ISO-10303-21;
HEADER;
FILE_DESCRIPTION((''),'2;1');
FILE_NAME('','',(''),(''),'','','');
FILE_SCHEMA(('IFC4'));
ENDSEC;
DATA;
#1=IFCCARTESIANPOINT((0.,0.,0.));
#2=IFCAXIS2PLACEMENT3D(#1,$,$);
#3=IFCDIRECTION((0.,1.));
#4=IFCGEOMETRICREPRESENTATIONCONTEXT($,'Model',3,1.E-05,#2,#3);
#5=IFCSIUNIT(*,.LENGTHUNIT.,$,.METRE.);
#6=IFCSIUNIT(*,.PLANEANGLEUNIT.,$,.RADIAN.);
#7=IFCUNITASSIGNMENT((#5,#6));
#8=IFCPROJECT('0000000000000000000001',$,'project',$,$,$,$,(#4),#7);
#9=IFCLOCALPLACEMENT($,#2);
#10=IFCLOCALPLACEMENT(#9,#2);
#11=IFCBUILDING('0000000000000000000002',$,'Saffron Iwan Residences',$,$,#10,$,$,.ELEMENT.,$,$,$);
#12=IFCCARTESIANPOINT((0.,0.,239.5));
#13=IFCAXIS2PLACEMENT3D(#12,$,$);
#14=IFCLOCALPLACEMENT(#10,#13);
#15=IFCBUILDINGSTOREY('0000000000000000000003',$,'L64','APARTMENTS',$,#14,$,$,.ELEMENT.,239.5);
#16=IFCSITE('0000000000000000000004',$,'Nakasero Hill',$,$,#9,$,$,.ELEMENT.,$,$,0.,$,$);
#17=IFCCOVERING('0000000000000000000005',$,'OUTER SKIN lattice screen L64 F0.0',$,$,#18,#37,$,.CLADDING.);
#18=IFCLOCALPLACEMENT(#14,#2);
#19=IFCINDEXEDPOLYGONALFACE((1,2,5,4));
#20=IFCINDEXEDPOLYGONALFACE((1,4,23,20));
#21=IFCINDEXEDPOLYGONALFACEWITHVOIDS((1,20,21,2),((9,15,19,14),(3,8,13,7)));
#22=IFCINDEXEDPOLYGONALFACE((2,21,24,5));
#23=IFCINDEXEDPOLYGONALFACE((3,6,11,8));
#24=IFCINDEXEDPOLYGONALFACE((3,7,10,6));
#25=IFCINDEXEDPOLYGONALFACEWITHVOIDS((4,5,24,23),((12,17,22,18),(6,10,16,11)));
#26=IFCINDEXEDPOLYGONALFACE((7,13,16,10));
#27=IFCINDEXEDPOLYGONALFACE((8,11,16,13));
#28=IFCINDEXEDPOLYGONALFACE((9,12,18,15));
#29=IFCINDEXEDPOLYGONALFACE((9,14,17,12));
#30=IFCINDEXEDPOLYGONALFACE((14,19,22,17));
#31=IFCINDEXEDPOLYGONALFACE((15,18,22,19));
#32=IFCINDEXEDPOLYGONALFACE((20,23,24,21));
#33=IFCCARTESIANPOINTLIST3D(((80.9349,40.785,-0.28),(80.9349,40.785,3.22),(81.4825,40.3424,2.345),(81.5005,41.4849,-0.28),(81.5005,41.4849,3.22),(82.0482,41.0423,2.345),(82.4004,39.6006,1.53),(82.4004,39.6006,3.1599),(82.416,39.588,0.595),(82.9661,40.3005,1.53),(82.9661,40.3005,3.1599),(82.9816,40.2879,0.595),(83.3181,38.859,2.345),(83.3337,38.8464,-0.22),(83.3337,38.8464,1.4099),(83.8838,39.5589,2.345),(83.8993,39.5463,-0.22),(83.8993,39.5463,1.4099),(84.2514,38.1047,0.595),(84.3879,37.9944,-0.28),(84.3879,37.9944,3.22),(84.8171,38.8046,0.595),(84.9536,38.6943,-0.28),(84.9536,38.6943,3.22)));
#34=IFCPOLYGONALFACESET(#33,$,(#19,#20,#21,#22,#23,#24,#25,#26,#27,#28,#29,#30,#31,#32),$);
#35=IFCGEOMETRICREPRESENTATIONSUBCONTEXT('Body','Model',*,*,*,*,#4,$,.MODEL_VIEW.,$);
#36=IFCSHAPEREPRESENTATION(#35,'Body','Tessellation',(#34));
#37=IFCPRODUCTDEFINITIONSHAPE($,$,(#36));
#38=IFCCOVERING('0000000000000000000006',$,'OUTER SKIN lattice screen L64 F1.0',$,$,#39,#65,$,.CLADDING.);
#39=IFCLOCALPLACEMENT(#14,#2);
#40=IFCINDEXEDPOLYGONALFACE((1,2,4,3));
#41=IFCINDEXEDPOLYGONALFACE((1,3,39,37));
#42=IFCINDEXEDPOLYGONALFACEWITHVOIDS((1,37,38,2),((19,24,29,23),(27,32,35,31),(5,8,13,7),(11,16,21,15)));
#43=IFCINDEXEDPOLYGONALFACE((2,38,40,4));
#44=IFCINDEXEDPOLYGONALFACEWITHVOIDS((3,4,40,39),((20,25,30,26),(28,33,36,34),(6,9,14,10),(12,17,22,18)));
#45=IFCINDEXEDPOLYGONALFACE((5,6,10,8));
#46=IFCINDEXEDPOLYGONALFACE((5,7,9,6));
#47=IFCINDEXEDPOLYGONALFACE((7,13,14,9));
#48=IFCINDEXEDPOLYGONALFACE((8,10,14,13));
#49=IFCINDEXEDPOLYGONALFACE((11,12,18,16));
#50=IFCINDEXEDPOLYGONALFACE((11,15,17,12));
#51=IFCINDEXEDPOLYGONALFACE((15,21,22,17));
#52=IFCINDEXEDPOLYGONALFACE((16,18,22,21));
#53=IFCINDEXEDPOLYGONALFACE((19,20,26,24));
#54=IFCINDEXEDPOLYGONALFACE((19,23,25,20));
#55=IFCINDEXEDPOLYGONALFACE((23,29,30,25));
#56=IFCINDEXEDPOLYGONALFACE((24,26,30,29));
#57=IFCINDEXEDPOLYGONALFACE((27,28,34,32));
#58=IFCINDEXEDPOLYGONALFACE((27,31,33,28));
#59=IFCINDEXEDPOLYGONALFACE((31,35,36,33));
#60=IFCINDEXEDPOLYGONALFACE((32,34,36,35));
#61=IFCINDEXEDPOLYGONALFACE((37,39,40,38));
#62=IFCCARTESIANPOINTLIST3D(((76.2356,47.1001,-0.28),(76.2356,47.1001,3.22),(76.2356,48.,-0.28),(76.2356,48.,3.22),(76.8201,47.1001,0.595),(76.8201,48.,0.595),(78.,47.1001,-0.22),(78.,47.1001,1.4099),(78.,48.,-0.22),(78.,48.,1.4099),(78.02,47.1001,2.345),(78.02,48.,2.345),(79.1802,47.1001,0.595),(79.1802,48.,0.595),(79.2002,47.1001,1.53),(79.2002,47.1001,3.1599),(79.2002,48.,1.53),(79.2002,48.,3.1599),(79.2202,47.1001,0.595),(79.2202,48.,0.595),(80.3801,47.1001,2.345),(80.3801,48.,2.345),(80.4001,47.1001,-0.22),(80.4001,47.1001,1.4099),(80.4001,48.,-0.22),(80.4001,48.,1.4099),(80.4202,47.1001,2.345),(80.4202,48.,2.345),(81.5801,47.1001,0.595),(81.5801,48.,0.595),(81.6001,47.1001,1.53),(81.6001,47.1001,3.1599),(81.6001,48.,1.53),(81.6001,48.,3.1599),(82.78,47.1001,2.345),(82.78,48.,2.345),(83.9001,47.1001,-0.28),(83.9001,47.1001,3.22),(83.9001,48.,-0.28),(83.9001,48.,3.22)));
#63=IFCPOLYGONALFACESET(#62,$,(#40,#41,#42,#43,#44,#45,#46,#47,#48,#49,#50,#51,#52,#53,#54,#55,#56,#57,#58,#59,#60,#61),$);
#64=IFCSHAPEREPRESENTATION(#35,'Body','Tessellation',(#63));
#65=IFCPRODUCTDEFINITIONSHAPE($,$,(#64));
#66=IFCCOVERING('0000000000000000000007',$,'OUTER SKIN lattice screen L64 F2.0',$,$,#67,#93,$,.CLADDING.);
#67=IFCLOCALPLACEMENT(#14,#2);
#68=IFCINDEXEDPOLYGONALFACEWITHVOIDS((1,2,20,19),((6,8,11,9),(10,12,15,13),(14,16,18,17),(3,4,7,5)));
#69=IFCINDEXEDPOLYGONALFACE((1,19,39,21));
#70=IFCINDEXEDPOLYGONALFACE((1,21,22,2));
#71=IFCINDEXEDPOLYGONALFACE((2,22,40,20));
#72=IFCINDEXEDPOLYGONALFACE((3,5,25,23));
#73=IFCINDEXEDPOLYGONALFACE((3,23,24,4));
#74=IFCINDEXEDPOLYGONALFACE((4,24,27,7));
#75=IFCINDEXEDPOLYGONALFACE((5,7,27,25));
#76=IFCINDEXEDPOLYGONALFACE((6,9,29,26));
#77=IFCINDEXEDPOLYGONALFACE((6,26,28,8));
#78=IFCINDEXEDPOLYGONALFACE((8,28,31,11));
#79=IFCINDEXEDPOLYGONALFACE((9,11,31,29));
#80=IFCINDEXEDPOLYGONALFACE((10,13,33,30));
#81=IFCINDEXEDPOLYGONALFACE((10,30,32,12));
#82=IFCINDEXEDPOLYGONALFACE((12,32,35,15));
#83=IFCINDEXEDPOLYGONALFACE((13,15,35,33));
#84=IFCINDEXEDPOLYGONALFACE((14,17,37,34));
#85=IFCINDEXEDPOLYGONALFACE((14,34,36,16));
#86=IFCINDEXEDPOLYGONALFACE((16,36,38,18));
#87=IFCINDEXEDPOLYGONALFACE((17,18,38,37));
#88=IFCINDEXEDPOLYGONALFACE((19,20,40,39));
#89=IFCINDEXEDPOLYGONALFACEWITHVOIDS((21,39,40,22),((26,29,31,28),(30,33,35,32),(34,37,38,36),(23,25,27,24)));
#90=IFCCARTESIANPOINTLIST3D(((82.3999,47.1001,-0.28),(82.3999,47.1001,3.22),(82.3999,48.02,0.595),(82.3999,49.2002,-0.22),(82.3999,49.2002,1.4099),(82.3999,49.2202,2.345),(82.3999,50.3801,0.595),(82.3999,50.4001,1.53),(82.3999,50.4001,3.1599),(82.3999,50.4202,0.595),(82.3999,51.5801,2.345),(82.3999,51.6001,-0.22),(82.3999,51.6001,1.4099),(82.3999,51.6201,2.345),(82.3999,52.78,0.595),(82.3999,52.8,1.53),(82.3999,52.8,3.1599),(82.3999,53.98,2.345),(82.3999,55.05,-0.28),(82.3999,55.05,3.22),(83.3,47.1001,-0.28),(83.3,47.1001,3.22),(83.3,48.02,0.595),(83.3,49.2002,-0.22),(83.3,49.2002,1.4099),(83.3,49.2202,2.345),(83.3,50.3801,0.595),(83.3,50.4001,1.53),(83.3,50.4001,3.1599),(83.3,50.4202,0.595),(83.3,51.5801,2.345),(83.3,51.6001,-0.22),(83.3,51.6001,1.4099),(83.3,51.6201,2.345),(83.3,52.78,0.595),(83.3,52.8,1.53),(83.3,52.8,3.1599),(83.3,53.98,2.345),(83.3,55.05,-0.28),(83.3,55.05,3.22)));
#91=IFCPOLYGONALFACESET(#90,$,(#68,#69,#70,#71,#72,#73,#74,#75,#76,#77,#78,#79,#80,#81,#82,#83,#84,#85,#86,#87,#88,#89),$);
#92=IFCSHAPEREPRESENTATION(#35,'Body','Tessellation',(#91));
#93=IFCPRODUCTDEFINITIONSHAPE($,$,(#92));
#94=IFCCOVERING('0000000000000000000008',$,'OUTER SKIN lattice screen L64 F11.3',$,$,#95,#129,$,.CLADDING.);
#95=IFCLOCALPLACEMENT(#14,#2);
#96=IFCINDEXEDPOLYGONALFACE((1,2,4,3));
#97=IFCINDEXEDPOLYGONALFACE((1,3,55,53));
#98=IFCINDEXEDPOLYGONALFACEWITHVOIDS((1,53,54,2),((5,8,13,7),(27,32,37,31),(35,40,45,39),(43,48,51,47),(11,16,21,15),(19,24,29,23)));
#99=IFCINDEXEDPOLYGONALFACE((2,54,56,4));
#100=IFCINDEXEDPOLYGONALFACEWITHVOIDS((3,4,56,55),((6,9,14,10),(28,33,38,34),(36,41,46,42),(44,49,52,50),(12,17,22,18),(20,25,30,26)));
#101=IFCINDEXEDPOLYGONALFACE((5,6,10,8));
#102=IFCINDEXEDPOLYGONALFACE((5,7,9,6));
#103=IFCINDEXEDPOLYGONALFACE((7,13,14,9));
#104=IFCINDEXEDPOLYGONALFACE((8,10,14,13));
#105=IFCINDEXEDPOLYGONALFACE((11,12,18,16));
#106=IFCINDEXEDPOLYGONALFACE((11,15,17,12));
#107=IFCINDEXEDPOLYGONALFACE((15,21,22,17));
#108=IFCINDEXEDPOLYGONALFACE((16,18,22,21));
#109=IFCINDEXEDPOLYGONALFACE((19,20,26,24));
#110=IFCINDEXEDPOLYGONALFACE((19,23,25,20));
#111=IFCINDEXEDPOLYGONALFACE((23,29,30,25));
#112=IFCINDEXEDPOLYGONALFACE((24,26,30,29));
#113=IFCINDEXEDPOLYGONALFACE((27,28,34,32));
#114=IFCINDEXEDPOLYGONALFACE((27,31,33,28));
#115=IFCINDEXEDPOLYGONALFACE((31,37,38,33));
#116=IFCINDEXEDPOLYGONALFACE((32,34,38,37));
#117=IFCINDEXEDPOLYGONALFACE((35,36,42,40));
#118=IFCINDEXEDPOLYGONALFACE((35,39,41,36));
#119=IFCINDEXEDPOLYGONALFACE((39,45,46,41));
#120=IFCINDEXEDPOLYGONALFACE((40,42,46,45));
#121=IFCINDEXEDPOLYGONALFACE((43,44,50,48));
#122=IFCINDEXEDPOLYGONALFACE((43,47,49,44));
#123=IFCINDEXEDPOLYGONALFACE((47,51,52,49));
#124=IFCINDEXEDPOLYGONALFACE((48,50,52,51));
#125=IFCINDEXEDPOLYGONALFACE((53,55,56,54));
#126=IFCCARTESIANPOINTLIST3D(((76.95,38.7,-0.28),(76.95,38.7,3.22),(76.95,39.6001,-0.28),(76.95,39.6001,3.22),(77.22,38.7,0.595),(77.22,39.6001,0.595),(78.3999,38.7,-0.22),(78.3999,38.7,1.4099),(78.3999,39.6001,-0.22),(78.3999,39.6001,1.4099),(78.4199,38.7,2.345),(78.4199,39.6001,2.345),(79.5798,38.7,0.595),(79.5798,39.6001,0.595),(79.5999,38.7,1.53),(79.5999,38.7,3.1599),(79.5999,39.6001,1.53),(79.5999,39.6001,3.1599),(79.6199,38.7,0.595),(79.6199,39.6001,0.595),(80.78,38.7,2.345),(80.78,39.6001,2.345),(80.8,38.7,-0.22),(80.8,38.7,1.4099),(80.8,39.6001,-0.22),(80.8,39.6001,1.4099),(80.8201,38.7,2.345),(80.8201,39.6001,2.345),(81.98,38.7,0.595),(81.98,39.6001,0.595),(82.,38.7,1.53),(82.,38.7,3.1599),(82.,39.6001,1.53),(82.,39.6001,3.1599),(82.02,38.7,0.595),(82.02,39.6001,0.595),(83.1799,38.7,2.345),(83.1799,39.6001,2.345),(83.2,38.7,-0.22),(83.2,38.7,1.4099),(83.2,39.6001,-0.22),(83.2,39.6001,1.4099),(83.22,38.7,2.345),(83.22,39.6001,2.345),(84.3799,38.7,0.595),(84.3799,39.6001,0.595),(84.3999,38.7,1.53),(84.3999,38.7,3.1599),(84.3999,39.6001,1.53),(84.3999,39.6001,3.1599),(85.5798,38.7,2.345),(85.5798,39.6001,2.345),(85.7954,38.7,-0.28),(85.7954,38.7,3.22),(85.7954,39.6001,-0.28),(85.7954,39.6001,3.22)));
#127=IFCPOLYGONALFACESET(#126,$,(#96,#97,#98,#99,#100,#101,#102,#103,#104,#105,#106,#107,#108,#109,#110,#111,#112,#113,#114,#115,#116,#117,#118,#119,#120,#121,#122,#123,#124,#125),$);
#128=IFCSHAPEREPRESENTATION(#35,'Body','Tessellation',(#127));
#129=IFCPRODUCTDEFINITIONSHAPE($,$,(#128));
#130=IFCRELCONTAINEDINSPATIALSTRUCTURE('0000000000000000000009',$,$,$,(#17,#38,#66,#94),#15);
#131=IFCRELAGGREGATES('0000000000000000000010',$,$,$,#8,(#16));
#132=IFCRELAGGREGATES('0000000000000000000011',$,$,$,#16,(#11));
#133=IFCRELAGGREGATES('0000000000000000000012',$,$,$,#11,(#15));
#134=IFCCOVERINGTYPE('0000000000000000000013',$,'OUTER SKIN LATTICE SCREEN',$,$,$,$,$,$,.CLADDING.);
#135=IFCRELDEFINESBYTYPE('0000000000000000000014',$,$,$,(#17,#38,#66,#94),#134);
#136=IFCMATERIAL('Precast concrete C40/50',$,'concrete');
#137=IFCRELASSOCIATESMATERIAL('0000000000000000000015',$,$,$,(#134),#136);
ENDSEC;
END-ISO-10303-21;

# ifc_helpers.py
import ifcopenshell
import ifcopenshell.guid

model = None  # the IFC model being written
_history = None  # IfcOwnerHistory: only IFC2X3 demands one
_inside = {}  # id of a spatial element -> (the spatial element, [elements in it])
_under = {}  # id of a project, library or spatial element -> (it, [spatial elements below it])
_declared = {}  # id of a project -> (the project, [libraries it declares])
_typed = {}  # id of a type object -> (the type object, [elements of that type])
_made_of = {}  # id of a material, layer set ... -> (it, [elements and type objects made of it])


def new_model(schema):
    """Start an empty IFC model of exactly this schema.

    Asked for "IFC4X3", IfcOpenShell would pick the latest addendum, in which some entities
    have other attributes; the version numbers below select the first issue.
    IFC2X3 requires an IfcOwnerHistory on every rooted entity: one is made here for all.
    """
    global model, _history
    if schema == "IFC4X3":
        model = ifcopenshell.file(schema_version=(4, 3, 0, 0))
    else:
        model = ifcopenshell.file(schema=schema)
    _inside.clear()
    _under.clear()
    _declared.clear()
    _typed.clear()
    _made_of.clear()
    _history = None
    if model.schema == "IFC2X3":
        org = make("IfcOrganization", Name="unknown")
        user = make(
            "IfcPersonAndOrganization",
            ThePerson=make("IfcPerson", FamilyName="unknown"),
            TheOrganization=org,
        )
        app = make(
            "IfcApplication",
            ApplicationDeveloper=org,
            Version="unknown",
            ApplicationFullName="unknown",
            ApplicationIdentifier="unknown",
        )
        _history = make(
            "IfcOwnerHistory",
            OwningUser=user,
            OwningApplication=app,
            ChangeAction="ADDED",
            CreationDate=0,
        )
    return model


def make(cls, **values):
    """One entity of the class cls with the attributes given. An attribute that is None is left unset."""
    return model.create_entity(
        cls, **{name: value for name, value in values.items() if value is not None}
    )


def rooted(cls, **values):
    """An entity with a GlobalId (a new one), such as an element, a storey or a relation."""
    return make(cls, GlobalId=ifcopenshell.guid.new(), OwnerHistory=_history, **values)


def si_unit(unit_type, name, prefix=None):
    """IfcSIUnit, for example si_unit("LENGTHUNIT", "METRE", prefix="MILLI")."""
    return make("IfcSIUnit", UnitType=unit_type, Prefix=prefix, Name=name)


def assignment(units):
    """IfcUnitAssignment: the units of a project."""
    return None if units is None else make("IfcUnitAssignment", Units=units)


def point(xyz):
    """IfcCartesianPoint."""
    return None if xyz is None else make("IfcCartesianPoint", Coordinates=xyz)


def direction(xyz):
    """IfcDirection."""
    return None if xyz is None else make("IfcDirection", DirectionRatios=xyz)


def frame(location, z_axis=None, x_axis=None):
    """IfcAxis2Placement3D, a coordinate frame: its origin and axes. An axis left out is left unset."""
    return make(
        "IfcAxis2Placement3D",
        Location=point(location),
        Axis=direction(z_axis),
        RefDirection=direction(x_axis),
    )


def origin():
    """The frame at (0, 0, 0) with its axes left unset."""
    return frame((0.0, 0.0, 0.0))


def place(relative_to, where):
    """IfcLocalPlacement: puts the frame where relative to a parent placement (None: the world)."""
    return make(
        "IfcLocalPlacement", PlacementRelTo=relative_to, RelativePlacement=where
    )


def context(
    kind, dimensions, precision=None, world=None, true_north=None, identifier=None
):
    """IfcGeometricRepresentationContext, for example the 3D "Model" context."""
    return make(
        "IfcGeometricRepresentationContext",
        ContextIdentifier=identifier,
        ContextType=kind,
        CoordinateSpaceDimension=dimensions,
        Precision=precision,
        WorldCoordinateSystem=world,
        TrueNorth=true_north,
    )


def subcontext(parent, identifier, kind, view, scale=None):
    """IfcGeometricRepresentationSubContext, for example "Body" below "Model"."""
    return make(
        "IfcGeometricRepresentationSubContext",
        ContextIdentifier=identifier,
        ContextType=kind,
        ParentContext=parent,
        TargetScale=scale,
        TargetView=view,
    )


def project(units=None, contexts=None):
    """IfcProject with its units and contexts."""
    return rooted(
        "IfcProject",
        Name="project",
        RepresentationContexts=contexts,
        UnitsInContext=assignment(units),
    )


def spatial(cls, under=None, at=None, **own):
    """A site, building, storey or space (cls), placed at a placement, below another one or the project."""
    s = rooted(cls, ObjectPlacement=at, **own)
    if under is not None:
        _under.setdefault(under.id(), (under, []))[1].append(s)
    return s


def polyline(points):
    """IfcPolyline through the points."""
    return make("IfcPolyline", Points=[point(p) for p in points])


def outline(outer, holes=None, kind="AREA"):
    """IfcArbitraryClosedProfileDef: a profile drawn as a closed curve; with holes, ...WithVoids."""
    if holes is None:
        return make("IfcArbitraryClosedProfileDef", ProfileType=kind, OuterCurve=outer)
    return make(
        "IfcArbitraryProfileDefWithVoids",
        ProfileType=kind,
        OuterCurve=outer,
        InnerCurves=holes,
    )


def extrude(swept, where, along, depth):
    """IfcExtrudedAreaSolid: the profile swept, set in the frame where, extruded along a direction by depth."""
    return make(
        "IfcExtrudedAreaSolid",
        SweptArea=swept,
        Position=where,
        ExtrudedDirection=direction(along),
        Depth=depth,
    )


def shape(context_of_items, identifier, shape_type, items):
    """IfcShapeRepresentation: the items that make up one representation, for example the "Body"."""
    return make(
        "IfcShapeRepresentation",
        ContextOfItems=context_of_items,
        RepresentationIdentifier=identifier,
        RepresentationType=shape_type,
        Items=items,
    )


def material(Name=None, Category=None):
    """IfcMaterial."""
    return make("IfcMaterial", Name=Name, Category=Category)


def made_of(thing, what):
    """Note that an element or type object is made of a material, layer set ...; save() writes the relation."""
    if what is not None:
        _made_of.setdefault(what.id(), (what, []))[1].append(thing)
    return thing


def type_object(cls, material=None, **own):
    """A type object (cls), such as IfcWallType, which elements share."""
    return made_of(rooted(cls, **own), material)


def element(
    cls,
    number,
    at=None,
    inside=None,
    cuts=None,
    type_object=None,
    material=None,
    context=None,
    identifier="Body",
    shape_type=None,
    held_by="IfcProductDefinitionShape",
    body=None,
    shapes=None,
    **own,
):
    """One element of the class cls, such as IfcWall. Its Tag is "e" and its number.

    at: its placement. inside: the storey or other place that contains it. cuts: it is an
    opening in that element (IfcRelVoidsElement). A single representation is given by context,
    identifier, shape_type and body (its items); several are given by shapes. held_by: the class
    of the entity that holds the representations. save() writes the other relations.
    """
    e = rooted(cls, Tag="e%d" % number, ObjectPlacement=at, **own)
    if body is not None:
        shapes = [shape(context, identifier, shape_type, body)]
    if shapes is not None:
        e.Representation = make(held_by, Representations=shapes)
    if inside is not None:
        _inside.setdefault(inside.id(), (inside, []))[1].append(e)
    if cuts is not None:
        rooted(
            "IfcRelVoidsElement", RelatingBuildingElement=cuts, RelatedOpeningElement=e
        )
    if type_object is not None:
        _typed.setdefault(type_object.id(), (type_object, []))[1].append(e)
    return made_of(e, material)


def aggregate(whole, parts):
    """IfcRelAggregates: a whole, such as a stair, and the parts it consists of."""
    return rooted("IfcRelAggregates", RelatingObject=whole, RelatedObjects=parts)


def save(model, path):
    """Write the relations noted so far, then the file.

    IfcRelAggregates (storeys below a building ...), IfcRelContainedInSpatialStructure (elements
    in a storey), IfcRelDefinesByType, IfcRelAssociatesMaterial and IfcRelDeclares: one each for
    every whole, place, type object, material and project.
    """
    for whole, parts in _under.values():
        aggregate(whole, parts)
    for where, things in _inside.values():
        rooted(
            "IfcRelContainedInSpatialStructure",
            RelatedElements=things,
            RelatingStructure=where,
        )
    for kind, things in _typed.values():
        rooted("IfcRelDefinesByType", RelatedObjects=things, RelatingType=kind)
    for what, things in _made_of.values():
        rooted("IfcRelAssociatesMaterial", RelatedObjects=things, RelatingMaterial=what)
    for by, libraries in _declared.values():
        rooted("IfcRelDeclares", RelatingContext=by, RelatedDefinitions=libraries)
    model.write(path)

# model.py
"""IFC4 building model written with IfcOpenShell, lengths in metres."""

from ifc_helpers import new_model, si_unit, direction, frame, origin, place, context, subcontext, project, spatial, polyline, outline, extrude, material, type_object, element, save


model = new_model("IFC4")

# Units and contexts
model_context = context("Model", 3, precision=1e-05, world=origin(), true_north=direction((0.0, 1.0)))
body_context = subcontext(model_context, "Body", "Model", "MODEL_VIEW")
ifc_project = project(units=[si_unit("LENGTHUNIT", "METRE"), si_unit("PLANEANGLEUNIT", "RADIAN")], contexts=[model_context])

# Site, building, storey
site_placement = place(None, origin())
site = spatial("IfcSite", under=ifc_project, at=site_placement, Name="Nakasero Hill", CompositionType="ELEMENT", RefElevation=0.0)
building_placement = place(site_placement, origin())
building = spatial("IfcBuilding", under=site, at=building_placement, Name="Saffron Iwan Residences", CompositionType="ELEMENT")
storey_placement = place(building_placement, frame((0.0, 0.0, 239.5)))
storey = spatial("IfcBuildingStorey", under=building, at=storey_placement, Name="L64", Description="APARTMENTS", CompositionType="ELEMENT", Elevation=239.5)

# Coverings
ifc_material_1 = material(Name="Precast concrete C40/50", Category="concrete")
covering_type = type_object("IfcCoveringType", Name="OUTER SKIN LATTICE SCREEN", PredefinedType="CLADDING", material=ifc_material_1)
covering_1_placement = place(storey_placement, frame((84.3879, 37.9944, -0.28), z_axis=(0.628558, 0.777763, 0.0), x_axis=(-0.777763, 0.628558, 0.0)))
element("IfcCovering", 1, at=covering_1_placement, inside=storey, type_object=covering_type, Name="OUTER SKIN lattice screen L64 F0.0", PredefinedType="CLADDING", context=body_context, shape_type="SweptSolid", body=[
    extrude(outline(polyline([(0.0, 0.0), (4.4397, 0.0), (4.4397, 3.5), (0.0, 3.5), (0.0, 0.0)]), holes=[polyline([(0.1755, 0.875), (1.3555, 0.0601), (2.5354, 0.875), (1.3555, 1.6899), (0.1755, 0.875)]), polyline([(1.3755, 2.625), (2.5554, 1.8101), (3.7356, 2.625), (2.5554, 3.4399), (1.3755, 2.625)])]), origin(), (0.0, 0.0, 1.0), 0.8999),
])
covering_2_placement = place(storey_placement, frame((76.2356, 48.0, -0.28), z_axis=(0.0, -1.0, 0.0), x_axis=(1.0, 0.0, 0.0)))
element("IfcCovering", 2, at=covering_2_placement, inside=storey, type_object=covering_type, Name="OUTER SKIN lattice screen L64 F1.0", PredefinedType="CLADDING", context=body_context, shape_type="SweptSolid", body=[
    extrude(outline(polyline([(0.0, 0.0), (7.6646, 0.0), (7.6646, 3.5), (0.0, 3.5), (0.0, 0.0)]), holes=[polyline([(0.5845, 0.875), (1.7644, 0.0601), (2.9446, 0.875), (1.7644, 1.6899), (0.5845, 0.875)]), polyline([(2.9846, 0.875), (4.1646, 0.0601), (5.3445, 0.875), (4.1646, 1.6899), (2.9846, 0.875)]), polyline([(1.7844, 2.625), (2.9646, 1.8101), (4.1445, 2.625), (2.9646, 3.4399), (1.7844, 2.625)]), polyline([(4.1846, 2.625), (5.3645, 1.8101), (6.5444, 2.625), (5.3645, 3.4399), (4.1846, 2.625)])]), origin(), (0.0, 0.0, 1.0), 0.8999),
])
covering_3_placement = place(storey_placement, frame((82.3999, 47.1001, -0.28), z_axis=(1.0, 0.0, 0.0), x_axis=(0.0, 1.0, 0.0)))
element("IfcCovering", 3, at=covering_3_placement, inside=storey, type_object=covering_type, Name="OUTER SKIN lattice screen L64 F2.0", PredefinedType="CLADDING", context=body_context, shape_type="SweptSolid", body=[
    extrude(outline(polyline([(0.0, 0.0), (7.95, 0.0), (7.95, 3.5), (0.0, 3.5), (0.0, 0.0)]), holes=[polyline([(0.9199, 0.875), (2.1001, 0.0601), (3.28, 0.875), (2.1001, 1.6899), (0.9199, 0.875)]), polyline([(3.3201, 0.875), (4.5, 0.0601), (5.6799, 0.875), (4.5, 1.6899), (3.3201, 0.875)]), polyline([(2.1201, 2.625), (3.3, 1.8101), (4.48, 2.625), (3.3, 3.4399), (2.1201, 2.625)]), polyline([(4.52, 2.625), (5.7, 1.8101), (6.8799, 2.625), (5.7, 3.4399), (4.52, 2.625)])]), origin(), (0.0, 0.0, 1.0), 0.9001),
])
covering_4_placement = place(storey_placement, frame((76.95, 39.6001, -0.28), z_axis=(0.0, -1.0, 0.0), x_axis=(1.0, 0.0, 0.0)))
element("IfcCovering", 4, at=covering_4_placement, inside=storey, type_object=covering_type, Name="OUTER SKIN lattice screen L64 F11.3", PredefinedType="CLADDING", context=body_context, shape_type="SweptSolid", body=[
    extrude(outline(polyline([(0.0, 0.0), (8.8455, 0.0), (8.8455, 3.5), (0.0, 3.5), (0.0, 0.0)]), holes=[polyline([(0.27, 0.875), (1.45, 0.0601), (2.6299, 0.875), (1.45, 1.6899), (0.27, 0.875)]), polyline([(2.6699, 0.875), (3.8501, 0.0601), (5.03, 0.875), (3.8501, 1.6899), (2.6699, 0.875)]), polyline([(5.0701, 0.875), (6.25, 0.0601), (7.4299, 0.875), (6.25, 1.6899), (5.0701, 0.875)]), polyline([(1.47, 2.625), (2.6499, 1.8101), (3.8301, 2.625), (2.6499, 3.4399), (1.47, 2.625)]), polyline([(3.8701, 2.625), (5.05, 1.8101), (6.23, 2.625), (5.05, 3.4399), (3.8701, 2.625)]), polyline([(6.27, 2.625), (7.45, 1.8101), (8.6299, 2.625), (7.45, 3.4399), (6.27, 2.625)])]), origin(), (0.0, 0.0, 1.0), 0.9001),
])

save(model, "model.ifc")
